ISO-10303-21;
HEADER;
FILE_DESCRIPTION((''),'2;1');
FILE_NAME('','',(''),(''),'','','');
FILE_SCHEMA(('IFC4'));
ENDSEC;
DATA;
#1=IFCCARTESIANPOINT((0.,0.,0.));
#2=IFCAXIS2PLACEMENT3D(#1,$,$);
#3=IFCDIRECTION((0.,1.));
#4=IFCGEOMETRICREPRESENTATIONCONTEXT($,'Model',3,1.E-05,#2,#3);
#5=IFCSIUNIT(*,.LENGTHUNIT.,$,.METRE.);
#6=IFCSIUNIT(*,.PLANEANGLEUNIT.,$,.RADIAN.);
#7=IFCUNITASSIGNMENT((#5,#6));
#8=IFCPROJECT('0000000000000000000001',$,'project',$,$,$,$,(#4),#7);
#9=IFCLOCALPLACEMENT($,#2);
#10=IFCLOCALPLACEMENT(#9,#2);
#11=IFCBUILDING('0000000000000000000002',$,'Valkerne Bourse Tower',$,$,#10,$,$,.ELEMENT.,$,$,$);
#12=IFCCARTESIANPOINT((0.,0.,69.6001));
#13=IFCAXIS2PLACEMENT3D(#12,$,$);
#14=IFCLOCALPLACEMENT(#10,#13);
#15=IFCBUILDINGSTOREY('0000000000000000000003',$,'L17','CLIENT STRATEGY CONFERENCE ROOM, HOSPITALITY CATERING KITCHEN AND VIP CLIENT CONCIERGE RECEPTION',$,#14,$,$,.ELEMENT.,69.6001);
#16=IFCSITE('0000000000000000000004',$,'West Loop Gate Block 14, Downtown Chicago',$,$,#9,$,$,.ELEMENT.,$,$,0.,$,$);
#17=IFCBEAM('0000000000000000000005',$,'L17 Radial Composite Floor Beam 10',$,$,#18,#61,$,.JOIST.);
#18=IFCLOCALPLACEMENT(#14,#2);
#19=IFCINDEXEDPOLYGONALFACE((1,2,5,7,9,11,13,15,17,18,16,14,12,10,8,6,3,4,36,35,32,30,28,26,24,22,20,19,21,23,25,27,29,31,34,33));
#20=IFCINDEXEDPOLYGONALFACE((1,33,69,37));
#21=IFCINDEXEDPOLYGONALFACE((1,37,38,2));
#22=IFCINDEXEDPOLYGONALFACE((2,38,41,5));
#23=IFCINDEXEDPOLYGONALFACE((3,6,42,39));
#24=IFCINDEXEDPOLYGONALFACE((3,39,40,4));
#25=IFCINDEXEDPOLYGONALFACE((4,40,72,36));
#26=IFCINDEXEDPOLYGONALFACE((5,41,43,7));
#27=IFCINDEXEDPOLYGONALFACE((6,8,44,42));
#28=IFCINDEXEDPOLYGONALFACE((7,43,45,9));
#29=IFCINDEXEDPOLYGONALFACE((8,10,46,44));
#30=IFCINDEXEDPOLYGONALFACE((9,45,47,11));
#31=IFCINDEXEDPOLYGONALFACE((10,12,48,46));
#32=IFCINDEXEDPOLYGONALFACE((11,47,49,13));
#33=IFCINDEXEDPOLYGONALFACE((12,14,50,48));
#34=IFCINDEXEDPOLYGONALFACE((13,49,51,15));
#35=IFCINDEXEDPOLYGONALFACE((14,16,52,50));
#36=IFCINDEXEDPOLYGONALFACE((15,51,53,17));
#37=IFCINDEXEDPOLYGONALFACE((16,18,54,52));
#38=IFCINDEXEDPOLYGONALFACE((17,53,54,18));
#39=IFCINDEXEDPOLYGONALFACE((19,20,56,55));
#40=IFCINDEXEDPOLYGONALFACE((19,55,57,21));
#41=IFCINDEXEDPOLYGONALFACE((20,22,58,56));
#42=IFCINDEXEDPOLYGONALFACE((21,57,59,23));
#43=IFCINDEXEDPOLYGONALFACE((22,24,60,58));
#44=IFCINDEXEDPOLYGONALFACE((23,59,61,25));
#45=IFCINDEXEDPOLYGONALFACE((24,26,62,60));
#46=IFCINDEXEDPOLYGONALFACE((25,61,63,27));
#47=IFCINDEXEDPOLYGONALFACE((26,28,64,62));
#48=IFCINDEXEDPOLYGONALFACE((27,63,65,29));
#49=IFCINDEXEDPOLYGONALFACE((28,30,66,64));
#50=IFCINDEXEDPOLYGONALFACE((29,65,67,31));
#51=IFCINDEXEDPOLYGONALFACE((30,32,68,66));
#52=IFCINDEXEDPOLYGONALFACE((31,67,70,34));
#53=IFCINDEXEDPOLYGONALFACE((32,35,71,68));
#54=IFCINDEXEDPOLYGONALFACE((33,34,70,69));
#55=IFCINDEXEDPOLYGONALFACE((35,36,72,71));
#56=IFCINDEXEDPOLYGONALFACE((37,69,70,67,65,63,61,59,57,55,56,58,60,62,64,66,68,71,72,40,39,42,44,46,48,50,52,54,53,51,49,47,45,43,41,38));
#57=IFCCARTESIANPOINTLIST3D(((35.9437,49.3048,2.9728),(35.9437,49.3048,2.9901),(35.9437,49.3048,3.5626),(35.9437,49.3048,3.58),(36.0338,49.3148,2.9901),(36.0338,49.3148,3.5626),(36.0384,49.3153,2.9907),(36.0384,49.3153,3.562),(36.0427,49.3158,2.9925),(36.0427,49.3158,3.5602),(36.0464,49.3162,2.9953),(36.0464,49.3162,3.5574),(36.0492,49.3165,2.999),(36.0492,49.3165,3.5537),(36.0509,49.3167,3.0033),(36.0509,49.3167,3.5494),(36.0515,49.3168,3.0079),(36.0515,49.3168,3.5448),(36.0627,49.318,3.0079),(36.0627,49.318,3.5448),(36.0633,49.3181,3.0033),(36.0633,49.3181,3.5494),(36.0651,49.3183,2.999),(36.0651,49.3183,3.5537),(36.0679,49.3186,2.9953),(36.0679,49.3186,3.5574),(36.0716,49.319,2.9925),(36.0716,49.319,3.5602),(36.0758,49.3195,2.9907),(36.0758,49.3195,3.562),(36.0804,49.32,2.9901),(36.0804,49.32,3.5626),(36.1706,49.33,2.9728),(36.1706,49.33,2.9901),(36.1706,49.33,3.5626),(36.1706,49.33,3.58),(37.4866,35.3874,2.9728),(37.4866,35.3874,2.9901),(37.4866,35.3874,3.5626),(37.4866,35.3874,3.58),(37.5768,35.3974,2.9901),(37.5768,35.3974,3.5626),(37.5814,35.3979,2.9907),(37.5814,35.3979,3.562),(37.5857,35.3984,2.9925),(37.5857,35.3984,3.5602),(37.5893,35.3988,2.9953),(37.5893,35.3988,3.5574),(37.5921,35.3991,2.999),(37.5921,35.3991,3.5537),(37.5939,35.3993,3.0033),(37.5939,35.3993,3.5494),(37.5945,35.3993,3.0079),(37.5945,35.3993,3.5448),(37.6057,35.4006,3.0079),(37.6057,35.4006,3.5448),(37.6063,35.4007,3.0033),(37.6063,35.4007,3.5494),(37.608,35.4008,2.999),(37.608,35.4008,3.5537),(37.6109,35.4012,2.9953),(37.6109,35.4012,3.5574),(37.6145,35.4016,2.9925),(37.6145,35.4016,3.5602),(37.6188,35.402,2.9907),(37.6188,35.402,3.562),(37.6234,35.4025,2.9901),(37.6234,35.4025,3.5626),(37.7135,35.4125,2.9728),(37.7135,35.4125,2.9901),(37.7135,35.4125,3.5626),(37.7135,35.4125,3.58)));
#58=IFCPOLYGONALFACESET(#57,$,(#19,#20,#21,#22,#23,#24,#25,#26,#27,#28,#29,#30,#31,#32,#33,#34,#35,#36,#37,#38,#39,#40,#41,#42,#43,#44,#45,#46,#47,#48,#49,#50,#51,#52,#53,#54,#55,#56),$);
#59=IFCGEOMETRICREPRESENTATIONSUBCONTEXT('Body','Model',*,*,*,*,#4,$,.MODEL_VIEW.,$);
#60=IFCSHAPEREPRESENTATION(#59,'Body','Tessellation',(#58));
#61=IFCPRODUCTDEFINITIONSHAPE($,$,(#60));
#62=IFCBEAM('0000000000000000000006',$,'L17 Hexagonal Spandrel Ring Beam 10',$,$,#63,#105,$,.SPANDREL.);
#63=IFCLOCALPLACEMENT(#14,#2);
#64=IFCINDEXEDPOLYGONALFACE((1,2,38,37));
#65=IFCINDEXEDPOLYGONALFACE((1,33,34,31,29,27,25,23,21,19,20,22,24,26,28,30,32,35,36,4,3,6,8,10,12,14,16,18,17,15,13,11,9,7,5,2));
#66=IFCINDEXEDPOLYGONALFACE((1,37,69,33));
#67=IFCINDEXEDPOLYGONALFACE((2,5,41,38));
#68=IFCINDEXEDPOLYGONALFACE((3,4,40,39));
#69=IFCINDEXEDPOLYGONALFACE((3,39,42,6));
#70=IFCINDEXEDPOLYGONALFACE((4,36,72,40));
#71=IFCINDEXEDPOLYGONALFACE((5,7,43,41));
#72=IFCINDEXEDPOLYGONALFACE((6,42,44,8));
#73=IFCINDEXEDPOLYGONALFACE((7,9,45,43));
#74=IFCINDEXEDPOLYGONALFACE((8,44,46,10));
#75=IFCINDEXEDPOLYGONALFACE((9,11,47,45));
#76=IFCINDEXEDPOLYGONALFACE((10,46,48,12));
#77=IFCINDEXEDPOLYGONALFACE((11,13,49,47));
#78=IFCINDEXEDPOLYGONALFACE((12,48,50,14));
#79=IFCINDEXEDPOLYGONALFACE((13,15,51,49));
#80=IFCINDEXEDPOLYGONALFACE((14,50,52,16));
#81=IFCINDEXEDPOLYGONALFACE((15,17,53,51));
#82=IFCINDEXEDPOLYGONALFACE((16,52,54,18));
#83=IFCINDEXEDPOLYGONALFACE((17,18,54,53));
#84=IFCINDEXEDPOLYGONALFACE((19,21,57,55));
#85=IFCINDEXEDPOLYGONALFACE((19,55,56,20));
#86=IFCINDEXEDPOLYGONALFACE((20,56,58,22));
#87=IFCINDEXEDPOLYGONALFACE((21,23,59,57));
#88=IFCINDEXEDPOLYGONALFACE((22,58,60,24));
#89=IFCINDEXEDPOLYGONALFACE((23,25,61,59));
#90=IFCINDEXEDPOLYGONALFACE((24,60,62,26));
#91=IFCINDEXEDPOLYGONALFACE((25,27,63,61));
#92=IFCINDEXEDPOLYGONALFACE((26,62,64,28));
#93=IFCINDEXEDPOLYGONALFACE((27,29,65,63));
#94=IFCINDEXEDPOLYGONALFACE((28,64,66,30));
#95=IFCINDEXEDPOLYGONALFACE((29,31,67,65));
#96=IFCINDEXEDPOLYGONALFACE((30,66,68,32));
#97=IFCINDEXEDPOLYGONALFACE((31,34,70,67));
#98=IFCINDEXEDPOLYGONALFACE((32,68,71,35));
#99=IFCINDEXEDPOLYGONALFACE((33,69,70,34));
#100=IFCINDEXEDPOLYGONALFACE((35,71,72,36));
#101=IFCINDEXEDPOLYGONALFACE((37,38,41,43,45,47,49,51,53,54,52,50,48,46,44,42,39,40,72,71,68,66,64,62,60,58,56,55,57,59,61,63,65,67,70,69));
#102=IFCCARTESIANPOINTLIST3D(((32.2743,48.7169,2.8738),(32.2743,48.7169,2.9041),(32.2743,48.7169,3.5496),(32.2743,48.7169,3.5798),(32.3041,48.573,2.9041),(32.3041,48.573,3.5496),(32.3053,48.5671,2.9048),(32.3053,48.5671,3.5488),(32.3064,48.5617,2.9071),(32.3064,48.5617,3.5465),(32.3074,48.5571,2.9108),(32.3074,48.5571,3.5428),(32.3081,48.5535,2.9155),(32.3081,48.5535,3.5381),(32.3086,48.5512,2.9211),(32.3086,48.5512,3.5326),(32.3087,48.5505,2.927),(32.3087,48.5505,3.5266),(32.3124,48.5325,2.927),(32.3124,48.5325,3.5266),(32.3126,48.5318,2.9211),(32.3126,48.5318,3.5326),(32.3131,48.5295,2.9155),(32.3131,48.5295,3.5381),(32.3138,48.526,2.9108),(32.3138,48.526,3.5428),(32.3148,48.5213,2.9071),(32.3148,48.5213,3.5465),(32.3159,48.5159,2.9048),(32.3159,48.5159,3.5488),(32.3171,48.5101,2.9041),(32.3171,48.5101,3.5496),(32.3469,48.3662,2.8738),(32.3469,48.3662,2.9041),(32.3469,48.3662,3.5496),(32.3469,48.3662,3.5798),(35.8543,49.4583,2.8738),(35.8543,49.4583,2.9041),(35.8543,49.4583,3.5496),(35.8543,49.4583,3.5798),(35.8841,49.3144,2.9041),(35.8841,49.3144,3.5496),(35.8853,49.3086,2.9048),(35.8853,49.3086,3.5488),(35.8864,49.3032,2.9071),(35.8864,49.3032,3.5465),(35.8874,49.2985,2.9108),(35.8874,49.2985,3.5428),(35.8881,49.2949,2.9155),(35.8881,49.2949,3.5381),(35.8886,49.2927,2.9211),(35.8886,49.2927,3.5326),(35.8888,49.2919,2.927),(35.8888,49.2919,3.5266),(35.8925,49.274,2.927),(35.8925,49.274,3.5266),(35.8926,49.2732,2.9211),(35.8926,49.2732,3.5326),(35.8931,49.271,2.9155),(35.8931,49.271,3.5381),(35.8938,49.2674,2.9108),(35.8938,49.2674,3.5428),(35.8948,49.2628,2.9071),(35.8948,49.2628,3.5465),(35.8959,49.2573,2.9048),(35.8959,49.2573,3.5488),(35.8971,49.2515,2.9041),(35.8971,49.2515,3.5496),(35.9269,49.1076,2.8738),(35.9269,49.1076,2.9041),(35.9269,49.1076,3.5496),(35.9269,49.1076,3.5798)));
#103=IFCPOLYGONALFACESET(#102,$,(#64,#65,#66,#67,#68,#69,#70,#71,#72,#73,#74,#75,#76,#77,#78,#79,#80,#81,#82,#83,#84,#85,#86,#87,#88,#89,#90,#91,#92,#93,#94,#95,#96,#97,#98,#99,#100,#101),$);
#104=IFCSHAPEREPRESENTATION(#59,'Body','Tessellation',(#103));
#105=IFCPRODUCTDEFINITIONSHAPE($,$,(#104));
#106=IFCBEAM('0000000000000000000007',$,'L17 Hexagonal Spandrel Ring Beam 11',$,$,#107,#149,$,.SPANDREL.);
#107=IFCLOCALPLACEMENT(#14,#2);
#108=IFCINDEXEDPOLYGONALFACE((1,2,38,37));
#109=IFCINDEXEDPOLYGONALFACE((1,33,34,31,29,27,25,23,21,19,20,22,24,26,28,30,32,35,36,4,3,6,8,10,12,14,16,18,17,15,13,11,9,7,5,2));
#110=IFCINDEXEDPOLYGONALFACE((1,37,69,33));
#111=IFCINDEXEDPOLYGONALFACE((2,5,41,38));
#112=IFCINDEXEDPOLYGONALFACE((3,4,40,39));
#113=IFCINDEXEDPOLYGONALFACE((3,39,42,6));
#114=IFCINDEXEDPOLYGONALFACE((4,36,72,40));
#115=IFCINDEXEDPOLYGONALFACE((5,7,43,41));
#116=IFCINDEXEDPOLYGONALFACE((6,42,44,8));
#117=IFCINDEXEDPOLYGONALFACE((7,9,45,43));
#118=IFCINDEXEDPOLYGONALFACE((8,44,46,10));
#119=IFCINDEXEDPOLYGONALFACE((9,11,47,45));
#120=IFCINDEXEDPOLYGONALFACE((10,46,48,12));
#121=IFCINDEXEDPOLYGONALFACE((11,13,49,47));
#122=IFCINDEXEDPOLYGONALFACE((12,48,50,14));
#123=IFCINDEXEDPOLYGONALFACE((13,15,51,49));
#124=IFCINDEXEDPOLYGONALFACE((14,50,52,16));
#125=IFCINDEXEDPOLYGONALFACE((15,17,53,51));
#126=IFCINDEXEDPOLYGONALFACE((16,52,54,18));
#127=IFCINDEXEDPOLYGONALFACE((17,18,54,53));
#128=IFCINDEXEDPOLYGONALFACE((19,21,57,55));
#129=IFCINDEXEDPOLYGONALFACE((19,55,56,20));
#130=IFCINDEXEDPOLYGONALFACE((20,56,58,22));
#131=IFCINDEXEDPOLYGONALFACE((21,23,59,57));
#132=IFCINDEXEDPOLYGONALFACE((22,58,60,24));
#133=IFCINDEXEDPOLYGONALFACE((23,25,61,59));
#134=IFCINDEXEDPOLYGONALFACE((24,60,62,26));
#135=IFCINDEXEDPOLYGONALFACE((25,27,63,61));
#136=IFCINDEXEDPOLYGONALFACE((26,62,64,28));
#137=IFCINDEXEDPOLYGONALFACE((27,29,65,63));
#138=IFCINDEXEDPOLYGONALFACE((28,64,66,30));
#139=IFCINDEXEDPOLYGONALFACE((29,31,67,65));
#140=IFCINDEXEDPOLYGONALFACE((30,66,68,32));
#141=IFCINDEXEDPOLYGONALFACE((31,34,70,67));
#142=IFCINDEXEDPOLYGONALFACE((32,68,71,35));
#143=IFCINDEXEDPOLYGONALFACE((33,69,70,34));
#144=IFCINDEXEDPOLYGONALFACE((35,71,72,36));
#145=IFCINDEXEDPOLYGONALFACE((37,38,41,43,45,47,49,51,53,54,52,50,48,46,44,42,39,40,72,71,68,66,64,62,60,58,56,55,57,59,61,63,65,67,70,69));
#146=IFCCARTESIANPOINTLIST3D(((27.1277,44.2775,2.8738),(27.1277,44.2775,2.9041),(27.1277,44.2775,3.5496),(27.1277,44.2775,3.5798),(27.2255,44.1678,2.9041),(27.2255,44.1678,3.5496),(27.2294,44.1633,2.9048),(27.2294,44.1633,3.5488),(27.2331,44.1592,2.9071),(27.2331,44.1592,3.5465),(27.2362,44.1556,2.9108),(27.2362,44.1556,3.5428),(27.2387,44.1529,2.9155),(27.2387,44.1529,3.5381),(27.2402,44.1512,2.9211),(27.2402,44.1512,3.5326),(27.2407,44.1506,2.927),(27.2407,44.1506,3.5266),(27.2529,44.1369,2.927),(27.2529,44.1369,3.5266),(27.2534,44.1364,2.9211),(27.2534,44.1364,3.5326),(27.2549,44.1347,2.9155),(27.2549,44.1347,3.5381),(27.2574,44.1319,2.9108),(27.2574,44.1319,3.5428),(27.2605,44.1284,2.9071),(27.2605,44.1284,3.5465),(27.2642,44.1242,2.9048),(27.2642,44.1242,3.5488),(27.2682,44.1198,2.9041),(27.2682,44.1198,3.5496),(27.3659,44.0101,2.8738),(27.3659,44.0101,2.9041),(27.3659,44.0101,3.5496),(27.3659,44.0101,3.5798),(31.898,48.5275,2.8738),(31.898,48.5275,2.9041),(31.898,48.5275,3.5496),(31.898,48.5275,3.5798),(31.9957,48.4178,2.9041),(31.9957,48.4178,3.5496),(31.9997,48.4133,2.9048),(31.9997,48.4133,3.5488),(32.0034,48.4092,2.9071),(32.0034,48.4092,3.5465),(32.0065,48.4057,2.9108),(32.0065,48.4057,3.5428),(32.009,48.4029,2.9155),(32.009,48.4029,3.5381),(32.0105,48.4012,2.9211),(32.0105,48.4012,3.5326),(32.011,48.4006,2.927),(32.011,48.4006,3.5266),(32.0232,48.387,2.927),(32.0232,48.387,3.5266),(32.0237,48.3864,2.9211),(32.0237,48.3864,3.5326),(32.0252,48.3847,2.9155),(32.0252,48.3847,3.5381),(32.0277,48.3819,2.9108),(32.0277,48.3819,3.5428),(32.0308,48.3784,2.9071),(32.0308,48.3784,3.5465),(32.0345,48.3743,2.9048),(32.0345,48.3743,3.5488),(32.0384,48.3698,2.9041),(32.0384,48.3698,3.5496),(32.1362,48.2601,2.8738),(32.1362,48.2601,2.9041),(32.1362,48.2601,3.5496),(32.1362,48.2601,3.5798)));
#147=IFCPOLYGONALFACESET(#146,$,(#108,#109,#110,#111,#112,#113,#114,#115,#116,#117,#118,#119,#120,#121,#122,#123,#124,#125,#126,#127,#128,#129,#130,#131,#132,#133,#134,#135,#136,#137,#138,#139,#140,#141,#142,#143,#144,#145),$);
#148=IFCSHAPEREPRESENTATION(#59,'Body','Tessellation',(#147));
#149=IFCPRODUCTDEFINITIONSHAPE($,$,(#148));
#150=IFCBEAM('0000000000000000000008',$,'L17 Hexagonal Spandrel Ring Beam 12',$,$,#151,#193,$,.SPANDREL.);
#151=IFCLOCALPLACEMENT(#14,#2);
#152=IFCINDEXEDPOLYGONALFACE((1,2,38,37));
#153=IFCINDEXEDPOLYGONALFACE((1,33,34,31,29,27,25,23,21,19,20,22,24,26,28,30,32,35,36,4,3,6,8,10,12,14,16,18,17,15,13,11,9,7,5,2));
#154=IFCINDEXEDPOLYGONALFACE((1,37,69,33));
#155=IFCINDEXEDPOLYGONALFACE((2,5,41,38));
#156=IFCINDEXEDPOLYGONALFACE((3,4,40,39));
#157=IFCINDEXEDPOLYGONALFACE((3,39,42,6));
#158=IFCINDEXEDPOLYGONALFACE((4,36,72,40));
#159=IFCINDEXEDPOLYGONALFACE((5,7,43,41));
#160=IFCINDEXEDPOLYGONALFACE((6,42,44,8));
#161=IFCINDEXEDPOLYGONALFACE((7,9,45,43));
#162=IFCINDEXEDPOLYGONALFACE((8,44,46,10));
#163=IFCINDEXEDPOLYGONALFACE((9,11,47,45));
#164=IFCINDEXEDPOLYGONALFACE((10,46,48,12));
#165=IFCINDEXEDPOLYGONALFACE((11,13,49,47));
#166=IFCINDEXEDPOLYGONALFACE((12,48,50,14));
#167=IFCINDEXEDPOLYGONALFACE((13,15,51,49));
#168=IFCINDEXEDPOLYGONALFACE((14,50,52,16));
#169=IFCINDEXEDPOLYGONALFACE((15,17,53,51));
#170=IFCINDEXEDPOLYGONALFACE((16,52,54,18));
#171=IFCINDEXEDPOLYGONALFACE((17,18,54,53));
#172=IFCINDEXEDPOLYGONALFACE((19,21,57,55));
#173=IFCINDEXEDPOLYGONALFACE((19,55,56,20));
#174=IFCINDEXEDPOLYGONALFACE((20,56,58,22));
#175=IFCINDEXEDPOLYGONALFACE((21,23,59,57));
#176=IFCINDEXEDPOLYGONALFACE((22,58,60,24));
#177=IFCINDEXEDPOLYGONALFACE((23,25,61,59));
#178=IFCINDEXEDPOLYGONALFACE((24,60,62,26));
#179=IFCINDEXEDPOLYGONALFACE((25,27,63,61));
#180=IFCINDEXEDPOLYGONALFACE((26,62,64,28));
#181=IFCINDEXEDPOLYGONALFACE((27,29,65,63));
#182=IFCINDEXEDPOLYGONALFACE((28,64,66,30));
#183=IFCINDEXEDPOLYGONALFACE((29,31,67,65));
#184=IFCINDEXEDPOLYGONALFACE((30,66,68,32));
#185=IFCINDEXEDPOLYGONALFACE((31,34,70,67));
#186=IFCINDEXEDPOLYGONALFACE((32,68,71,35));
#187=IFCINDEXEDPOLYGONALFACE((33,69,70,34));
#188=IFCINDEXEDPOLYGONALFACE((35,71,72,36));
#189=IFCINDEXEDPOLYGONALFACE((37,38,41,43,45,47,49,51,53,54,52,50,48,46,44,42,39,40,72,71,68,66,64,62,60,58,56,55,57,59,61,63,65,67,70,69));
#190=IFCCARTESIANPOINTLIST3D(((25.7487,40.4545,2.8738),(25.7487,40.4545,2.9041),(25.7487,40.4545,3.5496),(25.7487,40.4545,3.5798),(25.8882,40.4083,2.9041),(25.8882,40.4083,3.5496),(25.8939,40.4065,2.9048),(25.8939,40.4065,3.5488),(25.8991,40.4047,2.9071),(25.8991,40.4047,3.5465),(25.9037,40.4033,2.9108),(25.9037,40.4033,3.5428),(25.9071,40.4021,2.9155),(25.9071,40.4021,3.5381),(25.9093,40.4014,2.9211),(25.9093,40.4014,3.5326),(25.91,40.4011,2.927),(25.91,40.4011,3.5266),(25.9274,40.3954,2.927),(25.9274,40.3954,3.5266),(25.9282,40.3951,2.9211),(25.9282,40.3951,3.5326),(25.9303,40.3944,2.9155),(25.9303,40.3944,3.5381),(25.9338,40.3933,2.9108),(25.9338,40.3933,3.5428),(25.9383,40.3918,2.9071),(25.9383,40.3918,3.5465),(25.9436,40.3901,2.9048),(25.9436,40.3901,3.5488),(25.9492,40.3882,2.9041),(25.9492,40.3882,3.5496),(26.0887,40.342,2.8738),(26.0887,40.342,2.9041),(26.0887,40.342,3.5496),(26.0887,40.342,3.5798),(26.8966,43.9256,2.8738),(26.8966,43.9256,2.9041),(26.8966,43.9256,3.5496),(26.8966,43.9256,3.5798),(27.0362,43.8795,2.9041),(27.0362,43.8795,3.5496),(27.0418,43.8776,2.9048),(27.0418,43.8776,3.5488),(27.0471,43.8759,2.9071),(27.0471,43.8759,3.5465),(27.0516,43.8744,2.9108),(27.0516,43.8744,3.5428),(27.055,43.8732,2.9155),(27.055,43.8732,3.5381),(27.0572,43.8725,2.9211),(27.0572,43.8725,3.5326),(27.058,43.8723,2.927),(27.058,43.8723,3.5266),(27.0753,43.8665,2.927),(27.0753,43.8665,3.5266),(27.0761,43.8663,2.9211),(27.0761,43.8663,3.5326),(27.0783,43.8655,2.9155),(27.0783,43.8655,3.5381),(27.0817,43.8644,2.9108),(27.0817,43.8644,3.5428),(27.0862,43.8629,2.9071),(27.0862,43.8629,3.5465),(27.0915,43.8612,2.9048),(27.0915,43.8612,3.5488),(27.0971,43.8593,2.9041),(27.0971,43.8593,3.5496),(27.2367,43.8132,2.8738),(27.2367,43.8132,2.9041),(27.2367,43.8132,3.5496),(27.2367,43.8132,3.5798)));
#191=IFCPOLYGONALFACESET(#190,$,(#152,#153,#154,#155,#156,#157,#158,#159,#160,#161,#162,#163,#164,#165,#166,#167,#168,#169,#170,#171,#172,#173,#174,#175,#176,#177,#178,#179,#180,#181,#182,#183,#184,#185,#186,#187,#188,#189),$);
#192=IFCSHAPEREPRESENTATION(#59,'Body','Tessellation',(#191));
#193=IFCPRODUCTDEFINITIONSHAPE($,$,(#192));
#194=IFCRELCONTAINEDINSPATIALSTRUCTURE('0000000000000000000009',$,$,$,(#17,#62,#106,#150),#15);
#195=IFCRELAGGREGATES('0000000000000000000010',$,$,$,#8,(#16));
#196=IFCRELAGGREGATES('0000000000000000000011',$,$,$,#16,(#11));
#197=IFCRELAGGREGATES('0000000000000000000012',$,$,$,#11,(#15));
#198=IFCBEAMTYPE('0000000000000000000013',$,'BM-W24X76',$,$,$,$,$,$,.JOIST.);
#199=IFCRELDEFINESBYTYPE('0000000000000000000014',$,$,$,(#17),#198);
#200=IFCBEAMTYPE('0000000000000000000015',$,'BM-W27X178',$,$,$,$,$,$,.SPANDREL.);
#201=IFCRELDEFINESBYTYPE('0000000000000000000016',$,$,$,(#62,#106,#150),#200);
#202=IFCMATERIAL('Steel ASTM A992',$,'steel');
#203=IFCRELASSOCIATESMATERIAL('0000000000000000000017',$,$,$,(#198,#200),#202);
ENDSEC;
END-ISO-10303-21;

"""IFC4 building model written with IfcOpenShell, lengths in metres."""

from ifc_helpers import new_model, si_unit, direction, frame, origin, origin_2d, place, context, subcontext, project, spatial, i_section, extrude, material, material_profile, profile_set, type_object, element, save


model = new_model("IFC4")

# Units and contexts
model_context = context("Model", 3, precision=1e-05, world=origin(), true_north=direction((0.0, 1.0)))
body_context = subcontext(model_context, "Body", "Model", "MODEL_VIEW")
ifc_project = project(units=[si_unit("LENGTHUNIT", "METRE"), si_unit("PLANEANGLEUNIT", "RADIAN")], contexts=[model_context])

# Site, building, storey
site_placement = place(None, origin())
site = spatial("IfcSite", under=ifc_project, at=site_placement, Name="West Loop Gate Block 14, Downtown Chicago", CompositionType="ELEMENT", RefElevation=0.0)
building_placement = place(site_placement, origin())
building = spatial("IfcBuilding", under=site, at=building_placement, Name="Valkerne Bourse Tower", CompositionType="ELEMENT")
storey_placement = place(building_placement, frame((0.0, 0.0, 69.6001)))
storey = spatial("IfcBuildingStorey", under=building, at=storey_placement, Name="L17", Description="CLIENT STRATEGY CONFERENCE ROOM, HOSPITALITY CATERING KITCHEN AND VIP CLIENT CONCIERGE RECEPTION", CompositionType="ELEMENT", Elevation=69.6001)

# Beams
ifc_material_1 = material(Name="Steel ASTM A992", Category="steel")
ifc_material_profile_1 = material_profile(ifc_material_1, i_section(OverallWidth=0.2283, OverallDepth=0.6072, WebThickness=0.0112, FlangeThickness=0.0173, FilletRadius=0.0178, at=origin_2d()), Name="W24X76")
ifc_profile_set_1 = profile_set([ifc_material_profile_1], Name="Steel ASTM A992")
beam_type_1 = type_object("IfcBeamType", Name="BM-W24X76", PredefinedType="JOIST", material=ifc_profile_set_1)
beam_1_placement = place(storey_placement, frame((36.0571, 49.3174, 3.2764), z_axis=(0.11019, -0.99391, 0.0), x_axis=(0.99391, 0.11019, 0.0)))
element("IfcBeam", 1, at=beam_1_placement, inside=storey, type_object=beam_type_1, Name="L17 Radial Composite Floor Beam 10", PredefinedType="JOIST", context=body_context, shape_type="SweptSolid", body=[
    extrude(i_section(OverallWidth=0.2283, OverallDepth=0.6072, WebThickness=0.0112, FlangeThickness=0.0173, FilletRadius=0.0178, at=origin_2d()), origin(), (0.0, 0.0, 1.0), 14.0027),
])
ifc_material_profile_2 = material_profile(ifc_material_1, i_section(OverallWidth=0.3582, OverallDepth=0.7061, WebThickness=0.0183, FlangeThickness=0.0303, FilletRadius=0.0229, at=origin_2d()), Name="W27X178")
ifc_profile_set_2 = profile_set([ifc_material_profile_2], Name="Steel ASTM A992")
beam_type_2 = type_object("IfcBeamType", Name="BM-W27X178", PredefinedType="SPANDREL", material=ifc_profile_set_2)
beam_2_placement = place(storey_placement, frame((35.8906, 49.283, 3.2268), z_axis=(-0.97922, -0.202802, 0.0), x_axis=(0.202802, -0.97922, 0.0)))
element("IfcBeam", 2, at=beam_2_placement, inside=storey, type_object=beam_type_2, Name="L17 Hexagonal Spandrel Ring Beam 10", PredefinedType="SPANDREL", context=body_context, shape_type="SweptSolid", body=[
    extrude(i_section(OverallWidth=0.3582, OverallDepth=0.7061, WebThickness=0.0183, FlangeThickness=0.0303, FilletRadius=0.0229, at=origin_2d()), origin(), (0.0, 0.0, 1.0), 3.656),
])
beam_3_placement = place(storey_placement, frame((32.0171, 48.3938, 3.2268), z_axis=(-0.74665, -0.665217, 0.0), x_axis=(0.665217, -0.74665, 0.0)))
element("IfcBeam", 3, at=beam_3_placement, inside=storey, type_object=beam_type_2, Name="L17 Hexagonal Spandrel Ring Beam 11", PredefinedType="SPANDREL", context=body_context, shape_type="SweptSolid", body=[
    extrude(i_section(OverallWidth=0.3582, OverallDepth=0.7061, WebThickness=0.0183, FlangeThickness=0.0303, FilletRadius=0.0229, at=origin_2d()), origin(), (0.0, 0.0, 1.0), 6.3889),
])
beam_4_placement = place(storey_placement, frame((27.0667, 43.8694, 3.2268), z_axis=(-0.313983, -0.949429, 0.0), x_axis=(0.949429, -0.313983, 0.0)))
element("IfcBeam", 4, at=beam_4_placement, inside=storey, type_object=beam_type_2, Name="L17 Hexagonal Spandrel Ring Beam 12", PredefinedType="SPANDREL", context=body_context, shape_type="SweptSolid", body=[
    extrude(i_section(OverallWidth=0.3582, OverallDepth=0.7061, WebThickness=0.0183, FlangeThickness=0.0303, FilletRadius=0.0229, at=origin_2d()), origin(), (0.0, 0.0, 1.0), 3.656),
])

save(model, "model.ifc")
